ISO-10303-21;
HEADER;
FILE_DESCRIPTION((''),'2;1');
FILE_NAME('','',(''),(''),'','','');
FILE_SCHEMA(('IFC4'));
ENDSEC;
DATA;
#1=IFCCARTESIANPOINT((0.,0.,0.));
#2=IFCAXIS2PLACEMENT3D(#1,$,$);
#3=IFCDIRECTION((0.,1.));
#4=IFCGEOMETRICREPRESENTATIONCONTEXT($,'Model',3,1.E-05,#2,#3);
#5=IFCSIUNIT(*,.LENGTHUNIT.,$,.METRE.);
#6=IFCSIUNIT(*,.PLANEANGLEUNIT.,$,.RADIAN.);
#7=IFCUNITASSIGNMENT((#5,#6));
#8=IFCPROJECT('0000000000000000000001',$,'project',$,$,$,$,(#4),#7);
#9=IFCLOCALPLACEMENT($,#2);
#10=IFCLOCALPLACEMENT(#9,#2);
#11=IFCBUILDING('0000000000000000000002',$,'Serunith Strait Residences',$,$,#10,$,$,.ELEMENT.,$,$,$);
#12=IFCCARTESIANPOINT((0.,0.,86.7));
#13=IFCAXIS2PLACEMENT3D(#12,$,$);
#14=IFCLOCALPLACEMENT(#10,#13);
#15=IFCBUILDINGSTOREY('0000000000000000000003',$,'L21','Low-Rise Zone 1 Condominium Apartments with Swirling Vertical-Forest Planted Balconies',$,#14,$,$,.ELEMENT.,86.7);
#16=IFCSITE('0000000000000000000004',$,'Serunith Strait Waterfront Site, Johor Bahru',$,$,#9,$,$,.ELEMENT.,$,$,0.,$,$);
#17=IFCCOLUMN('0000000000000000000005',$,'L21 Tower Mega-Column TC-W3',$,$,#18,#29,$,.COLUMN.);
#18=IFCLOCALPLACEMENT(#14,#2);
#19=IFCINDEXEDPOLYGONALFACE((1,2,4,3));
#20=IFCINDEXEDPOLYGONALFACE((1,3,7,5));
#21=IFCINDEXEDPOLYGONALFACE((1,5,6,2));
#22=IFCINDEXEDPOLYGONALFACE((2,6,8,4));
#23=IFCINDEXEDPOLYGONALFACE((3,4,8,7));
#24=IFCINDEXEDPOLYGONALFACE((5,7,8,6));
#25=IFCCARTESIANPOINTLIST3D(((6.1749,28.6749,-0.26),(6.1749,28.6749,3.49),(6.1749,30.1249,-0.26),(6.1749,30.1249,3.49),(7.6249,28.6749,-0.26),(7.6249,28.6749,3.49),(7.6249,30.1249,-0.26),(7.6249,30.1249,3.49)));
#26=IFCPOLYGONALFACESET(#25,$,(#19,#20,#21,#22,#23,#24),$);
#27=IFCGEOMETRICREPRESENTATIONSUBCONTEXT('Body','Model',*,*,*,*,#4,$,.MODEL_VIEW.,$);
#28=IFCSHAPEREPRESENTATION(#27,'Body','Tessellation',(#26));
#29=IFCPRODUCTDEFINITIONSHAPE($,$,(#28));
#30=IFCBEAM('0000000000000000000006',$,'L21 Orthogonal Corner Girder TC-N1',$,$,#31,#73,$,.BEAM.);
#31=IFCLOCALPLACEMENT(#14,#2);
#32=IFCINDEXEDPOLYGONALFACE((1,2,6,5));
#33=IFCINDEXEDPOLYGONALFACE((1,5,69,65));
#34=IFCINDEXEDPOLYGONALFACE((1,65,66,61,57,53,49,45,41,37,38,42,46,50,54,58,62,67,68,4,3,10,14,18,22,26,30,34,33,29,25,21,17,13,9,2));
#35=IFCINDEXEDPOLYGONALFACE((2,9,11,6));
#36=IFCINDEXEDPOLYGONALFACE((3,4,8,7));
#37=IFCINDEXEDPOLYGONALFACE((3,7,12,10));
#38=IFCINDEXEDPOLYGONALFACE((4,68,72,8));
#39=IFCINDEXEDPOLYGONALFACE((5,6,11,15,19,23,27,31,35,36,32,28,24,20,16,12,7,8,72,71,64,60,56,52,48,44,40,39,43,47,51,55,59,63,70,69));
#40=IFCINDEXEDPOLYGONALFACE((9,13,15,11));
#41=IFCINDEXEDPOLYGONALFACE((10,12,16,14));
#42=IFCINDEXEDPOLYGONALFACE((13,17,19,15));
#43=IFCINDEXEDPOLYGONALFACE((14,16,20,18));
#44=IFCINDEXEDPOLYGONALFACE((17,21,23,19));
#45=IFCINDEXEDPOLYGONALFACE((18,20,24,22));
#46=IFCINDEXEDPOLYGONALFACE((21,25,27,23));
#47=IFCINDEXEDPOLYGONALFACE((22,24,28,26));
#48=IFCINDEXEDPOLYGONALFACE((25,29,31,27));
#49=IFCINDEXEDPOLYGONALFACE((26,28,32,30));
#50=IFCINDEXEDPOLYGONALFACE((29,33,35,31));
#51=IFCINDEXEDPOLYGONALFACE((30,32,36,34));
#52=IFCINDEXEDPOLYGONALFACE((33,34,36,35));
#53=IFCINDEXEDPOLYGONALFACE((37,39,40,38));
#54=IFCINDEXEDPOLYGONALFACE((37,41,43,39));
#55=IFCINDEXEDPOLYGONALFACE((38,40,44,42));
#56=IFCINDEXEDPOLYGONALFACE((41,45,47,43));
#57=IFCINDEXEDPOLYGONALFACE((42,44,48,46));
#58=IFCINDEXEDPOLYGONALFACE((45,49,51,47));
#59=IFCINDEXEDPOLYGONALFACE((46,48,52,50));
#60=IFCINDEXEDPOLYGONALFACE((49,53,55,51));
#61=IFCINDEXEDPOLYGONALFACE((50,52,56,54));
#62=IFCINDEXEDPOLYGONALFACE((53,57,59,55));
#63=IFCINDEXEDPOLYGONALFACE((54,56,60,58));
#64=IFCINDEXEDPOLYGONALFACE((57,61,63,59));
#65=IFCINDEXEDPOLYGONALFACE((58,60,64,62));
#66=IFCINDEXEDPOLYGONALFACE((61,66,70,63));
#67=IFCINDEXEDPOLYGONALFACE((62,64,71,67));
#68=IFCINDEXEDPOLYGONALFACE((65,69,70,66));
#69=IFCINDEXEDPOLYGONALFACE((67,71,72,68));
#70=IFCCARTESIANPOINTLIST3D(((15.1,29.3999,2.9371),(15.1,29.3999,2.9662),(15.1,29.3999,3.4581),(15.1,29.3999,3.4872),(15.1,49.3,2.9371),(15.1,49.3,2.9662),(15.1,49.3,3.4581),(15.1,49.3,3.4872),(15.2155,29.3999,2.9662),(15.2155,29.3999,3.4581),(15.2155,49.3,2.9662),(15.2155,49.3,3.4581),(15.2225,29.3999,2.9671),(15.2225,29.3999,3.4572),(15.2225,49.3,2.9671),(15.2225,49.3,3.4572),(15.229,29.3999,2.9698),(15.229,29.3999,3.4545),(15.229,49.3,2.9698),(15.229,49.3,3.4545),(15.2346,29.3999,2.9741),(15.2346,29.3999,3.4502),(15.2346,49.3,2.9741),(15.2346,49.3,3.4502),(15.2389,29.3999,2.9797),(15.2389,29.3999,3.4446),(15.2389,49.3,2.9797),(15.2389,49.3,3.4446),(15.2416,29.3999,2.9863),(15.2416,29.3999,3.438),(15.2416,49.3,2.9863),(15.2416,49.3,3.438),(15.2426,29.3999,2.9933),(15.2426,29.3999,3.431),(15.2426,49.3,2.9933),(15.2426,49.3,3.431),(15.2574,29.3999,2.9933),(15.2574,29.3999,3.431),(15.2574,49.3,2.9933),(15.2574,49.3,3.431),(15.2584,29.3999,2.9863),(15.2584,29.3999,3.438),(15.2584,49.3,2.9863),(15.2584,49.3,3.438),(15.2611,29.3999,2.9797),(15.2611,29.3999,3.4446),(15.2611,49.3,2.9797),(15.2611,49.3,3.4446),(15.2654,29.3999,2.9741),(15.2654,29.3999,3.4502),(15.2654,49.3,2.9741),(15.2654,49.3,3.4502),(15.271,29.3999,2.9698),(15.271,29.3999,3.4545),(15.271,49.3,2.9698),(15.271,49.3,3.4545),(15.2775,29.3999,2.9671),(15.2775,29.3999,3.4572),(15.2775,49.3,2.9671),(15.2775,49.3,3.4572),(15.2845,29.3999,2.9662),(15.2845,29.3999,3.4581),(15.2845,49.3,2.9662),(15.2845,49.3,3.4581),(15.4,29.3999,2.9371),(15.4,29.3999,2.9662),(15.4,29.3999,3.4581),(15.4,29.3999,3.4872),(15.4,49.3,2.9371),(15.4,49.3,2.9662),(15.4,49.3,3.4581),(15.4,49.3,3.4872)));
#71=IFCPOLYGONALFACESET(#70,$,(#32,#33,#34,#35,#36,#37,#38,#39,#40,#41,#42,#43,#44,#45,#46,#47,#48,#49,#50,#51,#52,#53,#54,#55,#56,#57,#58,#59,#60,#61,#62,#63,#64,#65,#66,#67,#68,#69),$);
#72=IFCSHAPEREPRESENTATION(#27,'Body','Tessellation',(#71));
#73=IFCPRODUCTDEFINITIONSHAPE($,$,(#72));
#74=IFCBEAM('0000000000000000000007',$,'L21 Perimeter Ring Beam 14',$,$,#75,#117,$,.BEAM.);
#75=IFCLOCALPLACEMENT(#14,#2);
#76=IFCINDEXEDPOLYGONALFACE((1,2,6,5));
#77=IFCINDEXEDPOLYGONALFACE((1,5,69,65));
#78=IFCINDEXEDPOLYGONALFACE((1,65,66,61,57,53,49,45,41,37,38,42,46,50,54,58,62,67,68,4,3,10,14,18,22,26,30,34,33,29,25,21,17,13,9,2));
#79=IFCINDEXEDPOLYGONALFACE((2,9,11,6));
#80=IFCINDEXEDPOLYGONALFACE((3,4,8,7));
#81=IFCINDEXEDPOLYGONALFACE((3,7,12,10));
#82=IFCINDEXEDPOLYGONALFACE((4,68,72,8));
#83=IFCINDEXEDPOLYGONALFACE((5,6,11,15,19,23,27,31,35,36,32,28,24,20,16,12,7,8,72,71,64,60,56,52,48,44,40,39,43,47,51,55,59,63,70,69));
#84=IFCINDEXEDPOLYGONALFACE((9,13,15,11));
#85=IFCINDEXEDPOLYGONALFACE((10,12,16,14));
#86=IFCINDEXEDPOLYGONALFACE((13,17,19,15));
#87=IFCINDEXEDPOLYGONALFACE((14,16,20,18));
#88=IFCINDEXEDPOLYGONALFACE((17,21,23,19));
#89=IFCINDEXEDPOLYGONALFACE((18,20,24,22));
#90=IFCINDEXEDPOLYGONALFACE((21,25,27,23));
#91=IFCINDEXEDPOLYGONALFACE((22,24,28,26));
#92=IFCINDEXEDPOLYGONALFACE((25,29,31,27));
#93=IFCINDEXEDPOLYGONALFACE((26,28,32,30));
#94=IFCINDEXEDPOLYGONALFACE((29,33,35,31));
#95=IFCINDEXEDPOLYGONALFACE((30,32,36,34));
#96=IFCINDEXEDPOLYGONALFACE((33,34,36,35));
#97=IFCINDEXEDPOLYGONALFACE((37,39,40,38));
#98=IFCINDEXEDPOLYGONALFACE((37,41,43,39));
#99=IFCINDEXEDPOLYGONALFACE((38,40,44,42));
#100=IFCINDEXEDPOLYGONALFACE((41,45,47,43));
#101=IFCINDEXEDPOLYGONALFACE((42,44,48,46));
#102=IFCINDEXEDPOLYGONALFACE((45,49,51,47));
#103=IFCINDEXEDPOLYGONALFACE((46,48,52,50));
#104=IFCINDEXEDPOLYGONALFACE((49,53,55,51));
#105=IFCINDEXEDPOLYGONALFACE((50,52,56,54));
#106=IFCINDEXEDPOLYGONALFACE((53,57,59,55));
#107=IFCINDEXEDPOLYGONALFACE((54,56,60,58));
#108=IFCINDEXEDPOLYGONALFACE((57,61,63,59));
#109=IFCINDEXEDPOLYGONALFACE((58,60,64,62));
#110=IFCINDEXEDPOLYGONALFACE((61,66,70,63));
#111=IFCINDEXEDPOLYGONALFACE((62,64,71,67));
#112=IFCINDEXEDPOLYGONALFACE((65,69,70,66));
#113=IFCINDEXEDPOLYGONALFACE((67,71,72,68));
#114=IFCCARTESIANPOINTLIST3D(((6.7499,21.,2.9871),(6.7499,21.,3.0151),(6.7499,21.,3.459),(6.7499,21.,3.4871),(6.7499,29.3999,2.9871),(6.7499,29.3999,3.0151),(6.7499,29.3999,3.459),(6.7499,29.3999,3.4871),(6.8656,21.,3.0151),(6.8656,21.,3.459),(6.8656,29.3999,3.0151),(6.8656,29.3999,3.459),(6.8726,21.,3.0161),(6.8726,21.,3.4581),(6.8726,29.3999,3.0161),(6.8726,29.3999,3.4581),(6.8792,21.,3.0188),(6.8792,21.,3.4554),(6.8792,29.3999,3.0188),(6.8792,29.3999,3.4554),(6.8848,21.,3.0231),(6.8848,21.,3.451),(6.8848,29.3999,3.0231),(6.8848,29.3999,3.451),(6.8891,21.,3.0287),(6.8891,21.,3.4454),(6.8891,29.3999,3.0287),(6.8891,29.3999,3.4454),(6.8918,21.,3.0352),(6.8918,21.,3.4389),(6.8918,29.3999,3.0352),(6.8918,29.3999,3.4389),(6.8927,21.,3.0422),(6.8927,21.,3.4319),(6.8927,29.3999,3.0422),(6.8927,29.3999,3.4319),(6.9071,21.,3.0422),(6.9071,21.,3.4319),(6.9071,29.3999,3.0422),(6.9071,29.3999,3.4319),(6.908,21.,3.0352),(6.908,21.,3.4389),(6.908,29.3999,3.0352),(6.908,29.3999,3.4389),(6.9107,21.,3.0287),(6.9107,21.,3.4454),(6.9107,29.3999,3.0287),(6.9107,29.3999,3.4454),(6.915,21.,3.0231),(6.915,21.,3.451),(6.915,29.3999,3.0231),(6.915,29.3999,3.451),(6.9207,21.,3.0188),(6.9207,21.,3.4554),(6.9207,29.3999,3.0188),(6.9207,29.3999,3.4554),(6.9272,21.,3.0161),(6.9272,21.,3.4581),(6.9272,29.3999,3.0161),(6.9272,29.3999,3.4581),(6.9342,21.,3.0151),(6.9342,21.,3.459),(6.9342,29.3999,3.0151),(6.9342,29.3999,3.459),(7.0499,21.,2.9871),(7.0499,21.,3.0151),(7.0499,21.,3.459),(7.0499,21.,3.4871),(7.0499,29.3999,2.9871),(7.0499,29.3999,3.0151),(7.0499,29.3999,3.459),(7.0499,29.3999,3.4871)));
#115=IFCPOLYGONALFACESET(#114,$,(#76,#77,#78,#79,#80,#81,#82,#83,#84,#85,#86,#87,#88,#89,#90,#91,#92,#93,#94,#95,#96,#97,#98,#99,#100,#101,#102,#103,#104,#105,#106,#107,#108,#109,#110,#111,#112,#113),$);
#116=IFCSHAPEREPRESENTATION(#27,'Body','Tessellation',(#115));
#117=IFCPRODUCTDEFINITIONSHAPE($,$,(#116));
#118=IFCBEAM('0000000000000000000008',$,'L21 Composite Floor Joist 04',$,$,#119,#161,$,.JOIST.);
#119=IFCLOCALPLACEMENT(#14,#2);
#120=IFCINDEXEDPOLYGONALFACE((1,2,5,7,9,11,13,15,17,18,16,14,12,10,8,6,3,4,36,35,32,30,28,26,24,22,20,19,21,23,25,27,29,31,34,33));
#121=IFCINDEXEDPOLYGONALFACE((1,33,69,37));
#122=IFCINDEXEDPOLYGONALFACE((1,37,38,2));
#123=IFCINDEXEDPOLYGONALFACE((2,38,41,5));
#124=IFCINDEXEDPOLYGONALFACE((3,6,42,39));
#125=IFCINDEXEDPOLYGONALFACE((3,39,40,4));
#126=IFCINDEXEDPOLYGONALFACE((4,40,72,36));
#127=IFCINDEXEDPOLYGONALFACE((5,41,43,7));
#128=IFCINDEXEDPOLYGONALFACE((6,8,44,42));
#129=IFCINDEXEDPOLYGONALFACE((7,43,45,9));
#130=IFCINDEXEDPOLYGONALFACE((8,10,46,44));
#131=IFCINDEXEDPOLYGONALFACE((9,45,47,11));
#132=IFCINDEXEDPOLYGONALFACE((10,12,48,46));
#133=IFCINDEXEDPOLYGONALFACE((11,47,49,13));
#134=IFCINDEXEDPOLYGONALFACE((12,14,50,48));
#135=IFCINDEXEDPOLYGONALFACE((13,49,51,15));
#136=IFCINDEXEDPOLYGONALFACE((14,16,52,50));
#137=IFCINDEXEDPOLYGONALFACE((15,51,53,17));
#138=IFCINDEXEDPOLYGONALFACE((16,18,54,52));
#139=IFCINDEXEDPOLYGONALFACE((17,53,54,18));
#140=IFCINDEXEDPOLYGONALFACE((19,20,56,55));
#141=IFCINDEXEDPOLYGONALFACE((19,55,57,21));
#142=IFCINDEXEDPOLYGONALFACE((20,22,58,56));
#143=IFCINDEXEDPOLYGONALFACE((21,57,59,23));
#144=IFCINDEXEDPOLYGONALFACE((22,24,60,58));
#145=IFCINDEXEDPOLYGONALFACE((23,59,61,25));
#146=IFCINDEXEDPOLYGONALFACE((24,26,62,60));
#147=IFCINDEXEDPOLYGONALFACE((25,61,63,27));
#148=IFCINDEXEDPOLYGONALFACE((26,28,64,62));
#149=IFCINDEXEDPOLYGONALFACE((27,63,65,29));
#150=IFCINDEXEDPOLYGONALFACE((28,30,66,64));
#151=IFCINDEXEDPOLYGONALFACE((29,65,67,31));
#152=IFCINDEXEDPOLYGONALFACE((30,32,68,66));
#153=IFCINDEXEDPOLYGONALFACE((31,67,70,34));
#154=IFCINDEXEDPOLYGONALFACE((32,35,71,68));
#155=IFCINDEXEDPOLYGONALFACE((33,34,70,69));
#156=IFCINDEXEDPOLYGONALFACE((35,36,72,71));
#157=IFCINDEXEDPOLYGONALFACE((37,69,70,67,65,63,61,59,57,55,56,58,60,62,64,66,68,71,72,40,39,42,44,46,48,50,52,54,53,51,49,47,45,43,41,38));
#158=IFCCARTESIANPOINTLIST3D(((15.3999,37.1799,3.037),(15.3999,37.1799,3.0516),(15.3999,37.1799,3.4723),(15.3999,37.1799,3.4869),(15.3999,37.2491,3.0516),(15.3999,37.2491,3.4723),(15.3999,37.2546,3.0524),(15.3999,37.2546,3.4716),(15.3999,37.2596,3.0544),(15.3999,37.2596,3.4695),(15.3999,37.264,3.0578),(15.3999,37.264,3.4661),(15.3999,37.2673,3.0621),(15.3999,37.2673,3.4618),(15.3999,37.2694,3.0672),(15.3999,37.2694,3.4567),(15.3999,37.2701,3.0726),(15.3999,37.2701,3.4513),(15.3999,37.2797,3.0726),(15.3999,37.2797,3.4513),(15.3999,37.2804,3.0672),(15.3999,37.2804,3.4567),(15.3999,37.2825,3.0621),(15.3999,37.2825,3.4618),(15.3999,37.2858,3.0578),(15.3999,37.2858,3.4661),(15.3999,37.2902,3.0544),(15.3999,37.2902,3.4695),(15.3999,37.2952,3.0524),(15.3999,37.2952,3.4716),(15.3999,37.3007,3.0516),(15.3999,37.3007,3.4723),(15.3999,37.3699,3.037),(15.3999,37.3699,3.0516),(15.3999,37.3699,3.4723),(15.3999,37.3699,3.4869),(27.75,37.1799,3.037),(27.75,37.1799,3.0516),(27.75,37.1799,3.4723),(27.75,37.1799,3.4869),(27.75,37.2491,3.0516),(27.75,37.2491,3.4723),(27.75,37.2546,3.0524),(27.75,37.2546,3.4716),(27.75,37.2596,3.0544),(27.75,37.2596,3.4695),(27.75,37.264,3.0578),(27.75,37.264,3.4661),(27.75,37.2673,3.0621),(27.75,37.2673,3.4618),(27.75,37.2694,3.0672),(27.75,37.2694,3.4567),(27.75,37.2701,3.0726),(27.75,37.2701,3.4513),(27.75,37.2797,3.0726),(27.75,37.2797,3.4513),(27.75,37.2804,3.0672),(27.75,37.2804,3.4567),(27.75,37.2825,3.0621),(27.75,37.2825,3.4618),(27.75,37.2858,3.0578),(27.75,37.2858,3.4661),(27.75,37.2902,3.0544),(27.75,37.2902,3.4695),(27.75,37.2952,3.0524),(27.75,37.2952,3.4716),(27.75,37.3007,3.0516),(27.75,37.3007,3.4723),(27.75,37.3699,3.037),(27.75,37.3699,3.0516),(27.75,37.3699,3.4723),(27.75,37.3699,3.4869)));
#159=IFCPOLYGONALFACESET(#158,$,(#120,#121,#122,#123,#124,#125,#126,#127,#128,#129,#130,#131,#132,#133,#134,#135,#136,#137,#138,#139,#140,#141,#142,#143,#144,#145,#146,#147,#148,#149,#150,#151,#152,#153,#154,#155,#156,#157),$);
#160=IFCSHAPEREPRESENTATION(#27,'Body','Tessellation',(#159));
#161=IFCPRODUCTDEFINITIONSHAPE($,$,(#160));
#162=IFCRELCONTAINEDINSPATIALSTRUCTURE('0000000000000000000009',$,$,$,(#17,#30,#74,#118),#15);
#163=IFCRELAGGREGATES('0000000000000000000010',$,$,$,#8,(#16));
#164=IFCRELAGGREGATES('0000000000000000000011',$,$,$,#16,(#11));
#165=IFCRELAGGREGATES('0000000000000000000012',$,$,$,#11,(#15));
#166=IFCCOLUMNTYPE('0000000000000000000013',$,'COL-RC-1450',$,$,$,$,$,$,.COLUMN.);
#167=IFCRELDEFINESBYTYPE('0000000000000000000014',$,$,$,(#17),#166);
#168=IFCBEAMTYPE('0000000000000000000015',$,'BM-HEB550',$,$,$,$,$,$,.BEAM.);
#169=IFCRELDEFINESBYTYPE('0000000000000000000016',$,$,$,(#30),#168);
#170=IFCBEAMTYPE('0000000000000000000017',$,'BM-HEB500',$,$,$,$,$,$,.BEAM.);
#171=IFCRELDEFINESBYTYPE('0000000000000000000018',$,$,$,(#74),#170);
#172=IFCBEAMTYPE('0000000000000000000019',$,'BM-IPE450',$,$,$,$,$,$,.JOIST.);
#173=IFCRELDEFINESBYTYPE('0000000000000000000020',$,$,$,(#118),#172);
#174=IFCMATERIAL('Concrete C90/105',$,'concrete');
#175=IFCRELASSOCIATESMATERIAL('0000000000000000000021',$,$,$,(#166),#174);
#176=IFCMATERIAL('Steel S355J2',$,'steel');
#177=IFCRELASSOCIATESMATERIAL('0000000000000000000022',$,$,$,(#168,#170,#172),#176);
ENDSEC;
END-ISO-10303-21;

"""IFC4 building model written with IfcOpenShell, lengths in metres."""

from ifc_helpers import new_model, si_unit, direction, frame, origin, origin_2d, place, context, subcontext, project, spatial, rectangle, i_section, extrude, source, transform, mapped, material, material_profile, profile_set, type_object, element, save


model = new_model("IFC4")

# Units and contexts
model_context = context("Model", 3, precision=1e-05, world=origin(), true_north=direction((0.0, 1.0)))
body_context = subcontext(model_context, "Body", "Model", "MODEL_VIEW")
ifc_project = project(units=[si_unit("LENGTHUNIT", "METRE"), si_unit("PLANEANGLEUNIT", "RADIAN")], contexts=[model_context])

# Site, building, storey
site_placement = place(None, origin())
site = spatial("IfcSite", under=ifc_project, at=site_placement, Name="Serunith Strait Waterfront Site, Johor Bahru", CompositionType="ELEMENT", RefElevation=0.0)
building_placement = place(site_placement, origin())
building = spatial("IfcBuilding", under=site, at=building_placement, Name="Serunith Strait Residences", CompositionType="ELEMENT")
storey_placement = place(building_placement, frame((0.0, 0.0, 86.7)))
storey = spatial("IfcBuildingStorey", under=building, at=storey_placement, Name="L21", Description="Low-Rise Zone 1 Condominium Apartments with Swirling Vertical-Forest Planted Balconies", CompositionType="ELEMENT", Elevation=86.7)

# Column
ifc_material_1 = material(Name="Concrete C90/105", Category="concrete")
ifc_material_profile_1 = material_profile(ifc_material_1, rectangle(XDim=1.45, YDim=1.45, at=origin_2d()), Name="RC 1450x1450")
ifc_profile_set_1 = profile_set([ifc_material_profile_1], Name="Concrete C90/105")
column_type = type_object("IfcColumnType", Name="COL-RC-1450", PredefinedType="COLUMN", material=ifc_profile_set_1)
shared_shape_1 = source(origin(), body_context, "Body", "SweptSolid", [
    extrude(rectangle(XDim=1.45, YDim=1.45, at=origin_2d()), origin(), (0.0, 0.0, 1.0), 3.75),
])
column_placement = place(storey_placement, frame((6.8999, 29.3999, -0.26), z_axis=(0.0, 0.0, 1.0), x_axis=(1.0, 0.0, 0.0)))
element("IfcColumn", 1, at=column_placement, inside=storey, type_object=column_type, Name="L21 Tower Mega-Column TC-W3", PredefinedType="COLUMN", context=body_context, shape_type="MappedRepresentation", body=[
    mapped(shared_shape_1, transform((0.0, 0.0, 0.0), scale=1.0)),
])

# Beams
ifc_material_2 = material(Name="Steel S355J2", Category="steel")
ifc_material_profile_2 = material_profile(ifc_material_2, i_section(OverallWidth=0.3, OverallDepth=0.55, WebThickness=0.0149, FlangeThickness=0.0291, FilletRadius=0.0271, at=origin_2d()), Name="HEB 550")
ifc_profile_set_2 = profile_set([ifc_material_profile_2], Name="Steel S355J2")
beam_type_1 = type_object("IfcBeamType", Name="BM-HEB550", PredefinedType="BEAM", material=ifc_profile_set_2)
shared_shape_2 = source(origin(), body_context, "Body", "SweptSolid", [
    extrude(i_section(OverallWidth=0.3, OverallDepth=0.55, WebThickness=0.0149, FlangeThickness=0.0291, FilletRadius=0.0271, at=origin_2d()), origin(), (0.0, 0.0, 1.0), 19.9001),
])
beam_1_placement = place(storey_placement, frame((15.25, 29.3999, 3.2122), z_axis=(0.0, 1.0, 0.0), x_axis=(-1.0, 0.0, 0.0)))
element("IfcBeam", 2, at=beam_1_placement, inside=storey, type_object=beam_type_1, Name="L21 Orthogonal Corner Girder TC-N1", PredefinedType="BEAM", context=body_context, shape_type="MappedRepresentation", body=[
    mapped(shared_shape_2, transform((0.0, 0.0, 0.0), scale=1.0)),
])
ifc_material_profile_3 = material_profile(ifc_material_2, i_section(OverallWidth=0.3, OverallDepth=0.5, WebThickness=0.0144, FlangeThickness=0.0281, FilletRadius=0.0271, at=origin_2d()), Name="HEB 500")
ifc_profile_set_3 = profile_set([ifc_material_profile_3], Name="Steel S355J2")
beam_type_2 = type_object("IfcBeamType", Name="BM-HEB500", PredefinedType="BEAM", material=ifc_profile_set_3)
shared_shape_3 = source(origin(), body_context, "Body", "SweptSolid", [
    extrude(i_section(OverallWidth=0.3, OverallDepth=0.5, WebThickness=0.0144, FlangeThickness=0.0281, FilletRadius=0.0271, at=origin_2d()), origin(), (0.0, 0.0, 1.0), 8.3999),
])
beam_2_placement = place(storey_placement, frame((6.8999, 29.3999, 3.2371), z_axis=(0.0, -1.0, 0.0), x_axis=(1.0, 0.0, 0.0)))
element("IfcBeam", 3, at=beam_2_placement, inside=storey, type_object=beam_type_2, Name="L21 Perimeter Ring Beam 14", PredefinedType="BEAM", context=body_context, shape_type="MappedRepresentation", body=[
    mapped(shared_shape_3, transform((0.0, 0.0, 0.0), scale=1.0)),
])
ifc_material_profile_4 = material_profile(ifc_material_2, i_section(OverallWidth=0.1899, OverallDepth=0.45, WebThickness=0.0095, FlangeThickness=0.0146, FilletRadius=0.021, at=origin_2d()), Name="IPE 450")
ifc_profile_set_4 = profile_set([ifc_material_profile_4], Name="Steel S355J2")
beam_type_3 = type_object("IfcBeamType", Name="BM-IPE450", PredefinedType="JOIST", material=ifc_profile_set_4)
shared_shape_4 = source(origin(), body_context, "Body", "SweptSolid", [
    extrude(i_section(OverallWidth=0.1899, OverallDepth=0.45, WebThickness=0.0095, FlangeThickness=0.0146, FilletRadius=0.021, at=origin_2d()), origin(), (0.0, 0.0, 1.0), 12.3501),
])
beam_3_placement = place(storey_placement, frame((15.3999, 37.2749, 3.262), z_axis=(1.0, 0.0, 0.0), x_axis=(0.0, 1.0, 0.0)))
element("IfcBeam", 4, at=beam_3_placement, inside=storey, type_object=beam_type_3, Name="L21 Composite Floor Joist 04", PredefinedType="JOIST", context=body_context, shape_type="MappedRepresentation", body=[
    mapped(shared_shape_4, transform((0.0, 0.0, 0.0), scale=1.0)),
])

save(model, "model.ifc")
